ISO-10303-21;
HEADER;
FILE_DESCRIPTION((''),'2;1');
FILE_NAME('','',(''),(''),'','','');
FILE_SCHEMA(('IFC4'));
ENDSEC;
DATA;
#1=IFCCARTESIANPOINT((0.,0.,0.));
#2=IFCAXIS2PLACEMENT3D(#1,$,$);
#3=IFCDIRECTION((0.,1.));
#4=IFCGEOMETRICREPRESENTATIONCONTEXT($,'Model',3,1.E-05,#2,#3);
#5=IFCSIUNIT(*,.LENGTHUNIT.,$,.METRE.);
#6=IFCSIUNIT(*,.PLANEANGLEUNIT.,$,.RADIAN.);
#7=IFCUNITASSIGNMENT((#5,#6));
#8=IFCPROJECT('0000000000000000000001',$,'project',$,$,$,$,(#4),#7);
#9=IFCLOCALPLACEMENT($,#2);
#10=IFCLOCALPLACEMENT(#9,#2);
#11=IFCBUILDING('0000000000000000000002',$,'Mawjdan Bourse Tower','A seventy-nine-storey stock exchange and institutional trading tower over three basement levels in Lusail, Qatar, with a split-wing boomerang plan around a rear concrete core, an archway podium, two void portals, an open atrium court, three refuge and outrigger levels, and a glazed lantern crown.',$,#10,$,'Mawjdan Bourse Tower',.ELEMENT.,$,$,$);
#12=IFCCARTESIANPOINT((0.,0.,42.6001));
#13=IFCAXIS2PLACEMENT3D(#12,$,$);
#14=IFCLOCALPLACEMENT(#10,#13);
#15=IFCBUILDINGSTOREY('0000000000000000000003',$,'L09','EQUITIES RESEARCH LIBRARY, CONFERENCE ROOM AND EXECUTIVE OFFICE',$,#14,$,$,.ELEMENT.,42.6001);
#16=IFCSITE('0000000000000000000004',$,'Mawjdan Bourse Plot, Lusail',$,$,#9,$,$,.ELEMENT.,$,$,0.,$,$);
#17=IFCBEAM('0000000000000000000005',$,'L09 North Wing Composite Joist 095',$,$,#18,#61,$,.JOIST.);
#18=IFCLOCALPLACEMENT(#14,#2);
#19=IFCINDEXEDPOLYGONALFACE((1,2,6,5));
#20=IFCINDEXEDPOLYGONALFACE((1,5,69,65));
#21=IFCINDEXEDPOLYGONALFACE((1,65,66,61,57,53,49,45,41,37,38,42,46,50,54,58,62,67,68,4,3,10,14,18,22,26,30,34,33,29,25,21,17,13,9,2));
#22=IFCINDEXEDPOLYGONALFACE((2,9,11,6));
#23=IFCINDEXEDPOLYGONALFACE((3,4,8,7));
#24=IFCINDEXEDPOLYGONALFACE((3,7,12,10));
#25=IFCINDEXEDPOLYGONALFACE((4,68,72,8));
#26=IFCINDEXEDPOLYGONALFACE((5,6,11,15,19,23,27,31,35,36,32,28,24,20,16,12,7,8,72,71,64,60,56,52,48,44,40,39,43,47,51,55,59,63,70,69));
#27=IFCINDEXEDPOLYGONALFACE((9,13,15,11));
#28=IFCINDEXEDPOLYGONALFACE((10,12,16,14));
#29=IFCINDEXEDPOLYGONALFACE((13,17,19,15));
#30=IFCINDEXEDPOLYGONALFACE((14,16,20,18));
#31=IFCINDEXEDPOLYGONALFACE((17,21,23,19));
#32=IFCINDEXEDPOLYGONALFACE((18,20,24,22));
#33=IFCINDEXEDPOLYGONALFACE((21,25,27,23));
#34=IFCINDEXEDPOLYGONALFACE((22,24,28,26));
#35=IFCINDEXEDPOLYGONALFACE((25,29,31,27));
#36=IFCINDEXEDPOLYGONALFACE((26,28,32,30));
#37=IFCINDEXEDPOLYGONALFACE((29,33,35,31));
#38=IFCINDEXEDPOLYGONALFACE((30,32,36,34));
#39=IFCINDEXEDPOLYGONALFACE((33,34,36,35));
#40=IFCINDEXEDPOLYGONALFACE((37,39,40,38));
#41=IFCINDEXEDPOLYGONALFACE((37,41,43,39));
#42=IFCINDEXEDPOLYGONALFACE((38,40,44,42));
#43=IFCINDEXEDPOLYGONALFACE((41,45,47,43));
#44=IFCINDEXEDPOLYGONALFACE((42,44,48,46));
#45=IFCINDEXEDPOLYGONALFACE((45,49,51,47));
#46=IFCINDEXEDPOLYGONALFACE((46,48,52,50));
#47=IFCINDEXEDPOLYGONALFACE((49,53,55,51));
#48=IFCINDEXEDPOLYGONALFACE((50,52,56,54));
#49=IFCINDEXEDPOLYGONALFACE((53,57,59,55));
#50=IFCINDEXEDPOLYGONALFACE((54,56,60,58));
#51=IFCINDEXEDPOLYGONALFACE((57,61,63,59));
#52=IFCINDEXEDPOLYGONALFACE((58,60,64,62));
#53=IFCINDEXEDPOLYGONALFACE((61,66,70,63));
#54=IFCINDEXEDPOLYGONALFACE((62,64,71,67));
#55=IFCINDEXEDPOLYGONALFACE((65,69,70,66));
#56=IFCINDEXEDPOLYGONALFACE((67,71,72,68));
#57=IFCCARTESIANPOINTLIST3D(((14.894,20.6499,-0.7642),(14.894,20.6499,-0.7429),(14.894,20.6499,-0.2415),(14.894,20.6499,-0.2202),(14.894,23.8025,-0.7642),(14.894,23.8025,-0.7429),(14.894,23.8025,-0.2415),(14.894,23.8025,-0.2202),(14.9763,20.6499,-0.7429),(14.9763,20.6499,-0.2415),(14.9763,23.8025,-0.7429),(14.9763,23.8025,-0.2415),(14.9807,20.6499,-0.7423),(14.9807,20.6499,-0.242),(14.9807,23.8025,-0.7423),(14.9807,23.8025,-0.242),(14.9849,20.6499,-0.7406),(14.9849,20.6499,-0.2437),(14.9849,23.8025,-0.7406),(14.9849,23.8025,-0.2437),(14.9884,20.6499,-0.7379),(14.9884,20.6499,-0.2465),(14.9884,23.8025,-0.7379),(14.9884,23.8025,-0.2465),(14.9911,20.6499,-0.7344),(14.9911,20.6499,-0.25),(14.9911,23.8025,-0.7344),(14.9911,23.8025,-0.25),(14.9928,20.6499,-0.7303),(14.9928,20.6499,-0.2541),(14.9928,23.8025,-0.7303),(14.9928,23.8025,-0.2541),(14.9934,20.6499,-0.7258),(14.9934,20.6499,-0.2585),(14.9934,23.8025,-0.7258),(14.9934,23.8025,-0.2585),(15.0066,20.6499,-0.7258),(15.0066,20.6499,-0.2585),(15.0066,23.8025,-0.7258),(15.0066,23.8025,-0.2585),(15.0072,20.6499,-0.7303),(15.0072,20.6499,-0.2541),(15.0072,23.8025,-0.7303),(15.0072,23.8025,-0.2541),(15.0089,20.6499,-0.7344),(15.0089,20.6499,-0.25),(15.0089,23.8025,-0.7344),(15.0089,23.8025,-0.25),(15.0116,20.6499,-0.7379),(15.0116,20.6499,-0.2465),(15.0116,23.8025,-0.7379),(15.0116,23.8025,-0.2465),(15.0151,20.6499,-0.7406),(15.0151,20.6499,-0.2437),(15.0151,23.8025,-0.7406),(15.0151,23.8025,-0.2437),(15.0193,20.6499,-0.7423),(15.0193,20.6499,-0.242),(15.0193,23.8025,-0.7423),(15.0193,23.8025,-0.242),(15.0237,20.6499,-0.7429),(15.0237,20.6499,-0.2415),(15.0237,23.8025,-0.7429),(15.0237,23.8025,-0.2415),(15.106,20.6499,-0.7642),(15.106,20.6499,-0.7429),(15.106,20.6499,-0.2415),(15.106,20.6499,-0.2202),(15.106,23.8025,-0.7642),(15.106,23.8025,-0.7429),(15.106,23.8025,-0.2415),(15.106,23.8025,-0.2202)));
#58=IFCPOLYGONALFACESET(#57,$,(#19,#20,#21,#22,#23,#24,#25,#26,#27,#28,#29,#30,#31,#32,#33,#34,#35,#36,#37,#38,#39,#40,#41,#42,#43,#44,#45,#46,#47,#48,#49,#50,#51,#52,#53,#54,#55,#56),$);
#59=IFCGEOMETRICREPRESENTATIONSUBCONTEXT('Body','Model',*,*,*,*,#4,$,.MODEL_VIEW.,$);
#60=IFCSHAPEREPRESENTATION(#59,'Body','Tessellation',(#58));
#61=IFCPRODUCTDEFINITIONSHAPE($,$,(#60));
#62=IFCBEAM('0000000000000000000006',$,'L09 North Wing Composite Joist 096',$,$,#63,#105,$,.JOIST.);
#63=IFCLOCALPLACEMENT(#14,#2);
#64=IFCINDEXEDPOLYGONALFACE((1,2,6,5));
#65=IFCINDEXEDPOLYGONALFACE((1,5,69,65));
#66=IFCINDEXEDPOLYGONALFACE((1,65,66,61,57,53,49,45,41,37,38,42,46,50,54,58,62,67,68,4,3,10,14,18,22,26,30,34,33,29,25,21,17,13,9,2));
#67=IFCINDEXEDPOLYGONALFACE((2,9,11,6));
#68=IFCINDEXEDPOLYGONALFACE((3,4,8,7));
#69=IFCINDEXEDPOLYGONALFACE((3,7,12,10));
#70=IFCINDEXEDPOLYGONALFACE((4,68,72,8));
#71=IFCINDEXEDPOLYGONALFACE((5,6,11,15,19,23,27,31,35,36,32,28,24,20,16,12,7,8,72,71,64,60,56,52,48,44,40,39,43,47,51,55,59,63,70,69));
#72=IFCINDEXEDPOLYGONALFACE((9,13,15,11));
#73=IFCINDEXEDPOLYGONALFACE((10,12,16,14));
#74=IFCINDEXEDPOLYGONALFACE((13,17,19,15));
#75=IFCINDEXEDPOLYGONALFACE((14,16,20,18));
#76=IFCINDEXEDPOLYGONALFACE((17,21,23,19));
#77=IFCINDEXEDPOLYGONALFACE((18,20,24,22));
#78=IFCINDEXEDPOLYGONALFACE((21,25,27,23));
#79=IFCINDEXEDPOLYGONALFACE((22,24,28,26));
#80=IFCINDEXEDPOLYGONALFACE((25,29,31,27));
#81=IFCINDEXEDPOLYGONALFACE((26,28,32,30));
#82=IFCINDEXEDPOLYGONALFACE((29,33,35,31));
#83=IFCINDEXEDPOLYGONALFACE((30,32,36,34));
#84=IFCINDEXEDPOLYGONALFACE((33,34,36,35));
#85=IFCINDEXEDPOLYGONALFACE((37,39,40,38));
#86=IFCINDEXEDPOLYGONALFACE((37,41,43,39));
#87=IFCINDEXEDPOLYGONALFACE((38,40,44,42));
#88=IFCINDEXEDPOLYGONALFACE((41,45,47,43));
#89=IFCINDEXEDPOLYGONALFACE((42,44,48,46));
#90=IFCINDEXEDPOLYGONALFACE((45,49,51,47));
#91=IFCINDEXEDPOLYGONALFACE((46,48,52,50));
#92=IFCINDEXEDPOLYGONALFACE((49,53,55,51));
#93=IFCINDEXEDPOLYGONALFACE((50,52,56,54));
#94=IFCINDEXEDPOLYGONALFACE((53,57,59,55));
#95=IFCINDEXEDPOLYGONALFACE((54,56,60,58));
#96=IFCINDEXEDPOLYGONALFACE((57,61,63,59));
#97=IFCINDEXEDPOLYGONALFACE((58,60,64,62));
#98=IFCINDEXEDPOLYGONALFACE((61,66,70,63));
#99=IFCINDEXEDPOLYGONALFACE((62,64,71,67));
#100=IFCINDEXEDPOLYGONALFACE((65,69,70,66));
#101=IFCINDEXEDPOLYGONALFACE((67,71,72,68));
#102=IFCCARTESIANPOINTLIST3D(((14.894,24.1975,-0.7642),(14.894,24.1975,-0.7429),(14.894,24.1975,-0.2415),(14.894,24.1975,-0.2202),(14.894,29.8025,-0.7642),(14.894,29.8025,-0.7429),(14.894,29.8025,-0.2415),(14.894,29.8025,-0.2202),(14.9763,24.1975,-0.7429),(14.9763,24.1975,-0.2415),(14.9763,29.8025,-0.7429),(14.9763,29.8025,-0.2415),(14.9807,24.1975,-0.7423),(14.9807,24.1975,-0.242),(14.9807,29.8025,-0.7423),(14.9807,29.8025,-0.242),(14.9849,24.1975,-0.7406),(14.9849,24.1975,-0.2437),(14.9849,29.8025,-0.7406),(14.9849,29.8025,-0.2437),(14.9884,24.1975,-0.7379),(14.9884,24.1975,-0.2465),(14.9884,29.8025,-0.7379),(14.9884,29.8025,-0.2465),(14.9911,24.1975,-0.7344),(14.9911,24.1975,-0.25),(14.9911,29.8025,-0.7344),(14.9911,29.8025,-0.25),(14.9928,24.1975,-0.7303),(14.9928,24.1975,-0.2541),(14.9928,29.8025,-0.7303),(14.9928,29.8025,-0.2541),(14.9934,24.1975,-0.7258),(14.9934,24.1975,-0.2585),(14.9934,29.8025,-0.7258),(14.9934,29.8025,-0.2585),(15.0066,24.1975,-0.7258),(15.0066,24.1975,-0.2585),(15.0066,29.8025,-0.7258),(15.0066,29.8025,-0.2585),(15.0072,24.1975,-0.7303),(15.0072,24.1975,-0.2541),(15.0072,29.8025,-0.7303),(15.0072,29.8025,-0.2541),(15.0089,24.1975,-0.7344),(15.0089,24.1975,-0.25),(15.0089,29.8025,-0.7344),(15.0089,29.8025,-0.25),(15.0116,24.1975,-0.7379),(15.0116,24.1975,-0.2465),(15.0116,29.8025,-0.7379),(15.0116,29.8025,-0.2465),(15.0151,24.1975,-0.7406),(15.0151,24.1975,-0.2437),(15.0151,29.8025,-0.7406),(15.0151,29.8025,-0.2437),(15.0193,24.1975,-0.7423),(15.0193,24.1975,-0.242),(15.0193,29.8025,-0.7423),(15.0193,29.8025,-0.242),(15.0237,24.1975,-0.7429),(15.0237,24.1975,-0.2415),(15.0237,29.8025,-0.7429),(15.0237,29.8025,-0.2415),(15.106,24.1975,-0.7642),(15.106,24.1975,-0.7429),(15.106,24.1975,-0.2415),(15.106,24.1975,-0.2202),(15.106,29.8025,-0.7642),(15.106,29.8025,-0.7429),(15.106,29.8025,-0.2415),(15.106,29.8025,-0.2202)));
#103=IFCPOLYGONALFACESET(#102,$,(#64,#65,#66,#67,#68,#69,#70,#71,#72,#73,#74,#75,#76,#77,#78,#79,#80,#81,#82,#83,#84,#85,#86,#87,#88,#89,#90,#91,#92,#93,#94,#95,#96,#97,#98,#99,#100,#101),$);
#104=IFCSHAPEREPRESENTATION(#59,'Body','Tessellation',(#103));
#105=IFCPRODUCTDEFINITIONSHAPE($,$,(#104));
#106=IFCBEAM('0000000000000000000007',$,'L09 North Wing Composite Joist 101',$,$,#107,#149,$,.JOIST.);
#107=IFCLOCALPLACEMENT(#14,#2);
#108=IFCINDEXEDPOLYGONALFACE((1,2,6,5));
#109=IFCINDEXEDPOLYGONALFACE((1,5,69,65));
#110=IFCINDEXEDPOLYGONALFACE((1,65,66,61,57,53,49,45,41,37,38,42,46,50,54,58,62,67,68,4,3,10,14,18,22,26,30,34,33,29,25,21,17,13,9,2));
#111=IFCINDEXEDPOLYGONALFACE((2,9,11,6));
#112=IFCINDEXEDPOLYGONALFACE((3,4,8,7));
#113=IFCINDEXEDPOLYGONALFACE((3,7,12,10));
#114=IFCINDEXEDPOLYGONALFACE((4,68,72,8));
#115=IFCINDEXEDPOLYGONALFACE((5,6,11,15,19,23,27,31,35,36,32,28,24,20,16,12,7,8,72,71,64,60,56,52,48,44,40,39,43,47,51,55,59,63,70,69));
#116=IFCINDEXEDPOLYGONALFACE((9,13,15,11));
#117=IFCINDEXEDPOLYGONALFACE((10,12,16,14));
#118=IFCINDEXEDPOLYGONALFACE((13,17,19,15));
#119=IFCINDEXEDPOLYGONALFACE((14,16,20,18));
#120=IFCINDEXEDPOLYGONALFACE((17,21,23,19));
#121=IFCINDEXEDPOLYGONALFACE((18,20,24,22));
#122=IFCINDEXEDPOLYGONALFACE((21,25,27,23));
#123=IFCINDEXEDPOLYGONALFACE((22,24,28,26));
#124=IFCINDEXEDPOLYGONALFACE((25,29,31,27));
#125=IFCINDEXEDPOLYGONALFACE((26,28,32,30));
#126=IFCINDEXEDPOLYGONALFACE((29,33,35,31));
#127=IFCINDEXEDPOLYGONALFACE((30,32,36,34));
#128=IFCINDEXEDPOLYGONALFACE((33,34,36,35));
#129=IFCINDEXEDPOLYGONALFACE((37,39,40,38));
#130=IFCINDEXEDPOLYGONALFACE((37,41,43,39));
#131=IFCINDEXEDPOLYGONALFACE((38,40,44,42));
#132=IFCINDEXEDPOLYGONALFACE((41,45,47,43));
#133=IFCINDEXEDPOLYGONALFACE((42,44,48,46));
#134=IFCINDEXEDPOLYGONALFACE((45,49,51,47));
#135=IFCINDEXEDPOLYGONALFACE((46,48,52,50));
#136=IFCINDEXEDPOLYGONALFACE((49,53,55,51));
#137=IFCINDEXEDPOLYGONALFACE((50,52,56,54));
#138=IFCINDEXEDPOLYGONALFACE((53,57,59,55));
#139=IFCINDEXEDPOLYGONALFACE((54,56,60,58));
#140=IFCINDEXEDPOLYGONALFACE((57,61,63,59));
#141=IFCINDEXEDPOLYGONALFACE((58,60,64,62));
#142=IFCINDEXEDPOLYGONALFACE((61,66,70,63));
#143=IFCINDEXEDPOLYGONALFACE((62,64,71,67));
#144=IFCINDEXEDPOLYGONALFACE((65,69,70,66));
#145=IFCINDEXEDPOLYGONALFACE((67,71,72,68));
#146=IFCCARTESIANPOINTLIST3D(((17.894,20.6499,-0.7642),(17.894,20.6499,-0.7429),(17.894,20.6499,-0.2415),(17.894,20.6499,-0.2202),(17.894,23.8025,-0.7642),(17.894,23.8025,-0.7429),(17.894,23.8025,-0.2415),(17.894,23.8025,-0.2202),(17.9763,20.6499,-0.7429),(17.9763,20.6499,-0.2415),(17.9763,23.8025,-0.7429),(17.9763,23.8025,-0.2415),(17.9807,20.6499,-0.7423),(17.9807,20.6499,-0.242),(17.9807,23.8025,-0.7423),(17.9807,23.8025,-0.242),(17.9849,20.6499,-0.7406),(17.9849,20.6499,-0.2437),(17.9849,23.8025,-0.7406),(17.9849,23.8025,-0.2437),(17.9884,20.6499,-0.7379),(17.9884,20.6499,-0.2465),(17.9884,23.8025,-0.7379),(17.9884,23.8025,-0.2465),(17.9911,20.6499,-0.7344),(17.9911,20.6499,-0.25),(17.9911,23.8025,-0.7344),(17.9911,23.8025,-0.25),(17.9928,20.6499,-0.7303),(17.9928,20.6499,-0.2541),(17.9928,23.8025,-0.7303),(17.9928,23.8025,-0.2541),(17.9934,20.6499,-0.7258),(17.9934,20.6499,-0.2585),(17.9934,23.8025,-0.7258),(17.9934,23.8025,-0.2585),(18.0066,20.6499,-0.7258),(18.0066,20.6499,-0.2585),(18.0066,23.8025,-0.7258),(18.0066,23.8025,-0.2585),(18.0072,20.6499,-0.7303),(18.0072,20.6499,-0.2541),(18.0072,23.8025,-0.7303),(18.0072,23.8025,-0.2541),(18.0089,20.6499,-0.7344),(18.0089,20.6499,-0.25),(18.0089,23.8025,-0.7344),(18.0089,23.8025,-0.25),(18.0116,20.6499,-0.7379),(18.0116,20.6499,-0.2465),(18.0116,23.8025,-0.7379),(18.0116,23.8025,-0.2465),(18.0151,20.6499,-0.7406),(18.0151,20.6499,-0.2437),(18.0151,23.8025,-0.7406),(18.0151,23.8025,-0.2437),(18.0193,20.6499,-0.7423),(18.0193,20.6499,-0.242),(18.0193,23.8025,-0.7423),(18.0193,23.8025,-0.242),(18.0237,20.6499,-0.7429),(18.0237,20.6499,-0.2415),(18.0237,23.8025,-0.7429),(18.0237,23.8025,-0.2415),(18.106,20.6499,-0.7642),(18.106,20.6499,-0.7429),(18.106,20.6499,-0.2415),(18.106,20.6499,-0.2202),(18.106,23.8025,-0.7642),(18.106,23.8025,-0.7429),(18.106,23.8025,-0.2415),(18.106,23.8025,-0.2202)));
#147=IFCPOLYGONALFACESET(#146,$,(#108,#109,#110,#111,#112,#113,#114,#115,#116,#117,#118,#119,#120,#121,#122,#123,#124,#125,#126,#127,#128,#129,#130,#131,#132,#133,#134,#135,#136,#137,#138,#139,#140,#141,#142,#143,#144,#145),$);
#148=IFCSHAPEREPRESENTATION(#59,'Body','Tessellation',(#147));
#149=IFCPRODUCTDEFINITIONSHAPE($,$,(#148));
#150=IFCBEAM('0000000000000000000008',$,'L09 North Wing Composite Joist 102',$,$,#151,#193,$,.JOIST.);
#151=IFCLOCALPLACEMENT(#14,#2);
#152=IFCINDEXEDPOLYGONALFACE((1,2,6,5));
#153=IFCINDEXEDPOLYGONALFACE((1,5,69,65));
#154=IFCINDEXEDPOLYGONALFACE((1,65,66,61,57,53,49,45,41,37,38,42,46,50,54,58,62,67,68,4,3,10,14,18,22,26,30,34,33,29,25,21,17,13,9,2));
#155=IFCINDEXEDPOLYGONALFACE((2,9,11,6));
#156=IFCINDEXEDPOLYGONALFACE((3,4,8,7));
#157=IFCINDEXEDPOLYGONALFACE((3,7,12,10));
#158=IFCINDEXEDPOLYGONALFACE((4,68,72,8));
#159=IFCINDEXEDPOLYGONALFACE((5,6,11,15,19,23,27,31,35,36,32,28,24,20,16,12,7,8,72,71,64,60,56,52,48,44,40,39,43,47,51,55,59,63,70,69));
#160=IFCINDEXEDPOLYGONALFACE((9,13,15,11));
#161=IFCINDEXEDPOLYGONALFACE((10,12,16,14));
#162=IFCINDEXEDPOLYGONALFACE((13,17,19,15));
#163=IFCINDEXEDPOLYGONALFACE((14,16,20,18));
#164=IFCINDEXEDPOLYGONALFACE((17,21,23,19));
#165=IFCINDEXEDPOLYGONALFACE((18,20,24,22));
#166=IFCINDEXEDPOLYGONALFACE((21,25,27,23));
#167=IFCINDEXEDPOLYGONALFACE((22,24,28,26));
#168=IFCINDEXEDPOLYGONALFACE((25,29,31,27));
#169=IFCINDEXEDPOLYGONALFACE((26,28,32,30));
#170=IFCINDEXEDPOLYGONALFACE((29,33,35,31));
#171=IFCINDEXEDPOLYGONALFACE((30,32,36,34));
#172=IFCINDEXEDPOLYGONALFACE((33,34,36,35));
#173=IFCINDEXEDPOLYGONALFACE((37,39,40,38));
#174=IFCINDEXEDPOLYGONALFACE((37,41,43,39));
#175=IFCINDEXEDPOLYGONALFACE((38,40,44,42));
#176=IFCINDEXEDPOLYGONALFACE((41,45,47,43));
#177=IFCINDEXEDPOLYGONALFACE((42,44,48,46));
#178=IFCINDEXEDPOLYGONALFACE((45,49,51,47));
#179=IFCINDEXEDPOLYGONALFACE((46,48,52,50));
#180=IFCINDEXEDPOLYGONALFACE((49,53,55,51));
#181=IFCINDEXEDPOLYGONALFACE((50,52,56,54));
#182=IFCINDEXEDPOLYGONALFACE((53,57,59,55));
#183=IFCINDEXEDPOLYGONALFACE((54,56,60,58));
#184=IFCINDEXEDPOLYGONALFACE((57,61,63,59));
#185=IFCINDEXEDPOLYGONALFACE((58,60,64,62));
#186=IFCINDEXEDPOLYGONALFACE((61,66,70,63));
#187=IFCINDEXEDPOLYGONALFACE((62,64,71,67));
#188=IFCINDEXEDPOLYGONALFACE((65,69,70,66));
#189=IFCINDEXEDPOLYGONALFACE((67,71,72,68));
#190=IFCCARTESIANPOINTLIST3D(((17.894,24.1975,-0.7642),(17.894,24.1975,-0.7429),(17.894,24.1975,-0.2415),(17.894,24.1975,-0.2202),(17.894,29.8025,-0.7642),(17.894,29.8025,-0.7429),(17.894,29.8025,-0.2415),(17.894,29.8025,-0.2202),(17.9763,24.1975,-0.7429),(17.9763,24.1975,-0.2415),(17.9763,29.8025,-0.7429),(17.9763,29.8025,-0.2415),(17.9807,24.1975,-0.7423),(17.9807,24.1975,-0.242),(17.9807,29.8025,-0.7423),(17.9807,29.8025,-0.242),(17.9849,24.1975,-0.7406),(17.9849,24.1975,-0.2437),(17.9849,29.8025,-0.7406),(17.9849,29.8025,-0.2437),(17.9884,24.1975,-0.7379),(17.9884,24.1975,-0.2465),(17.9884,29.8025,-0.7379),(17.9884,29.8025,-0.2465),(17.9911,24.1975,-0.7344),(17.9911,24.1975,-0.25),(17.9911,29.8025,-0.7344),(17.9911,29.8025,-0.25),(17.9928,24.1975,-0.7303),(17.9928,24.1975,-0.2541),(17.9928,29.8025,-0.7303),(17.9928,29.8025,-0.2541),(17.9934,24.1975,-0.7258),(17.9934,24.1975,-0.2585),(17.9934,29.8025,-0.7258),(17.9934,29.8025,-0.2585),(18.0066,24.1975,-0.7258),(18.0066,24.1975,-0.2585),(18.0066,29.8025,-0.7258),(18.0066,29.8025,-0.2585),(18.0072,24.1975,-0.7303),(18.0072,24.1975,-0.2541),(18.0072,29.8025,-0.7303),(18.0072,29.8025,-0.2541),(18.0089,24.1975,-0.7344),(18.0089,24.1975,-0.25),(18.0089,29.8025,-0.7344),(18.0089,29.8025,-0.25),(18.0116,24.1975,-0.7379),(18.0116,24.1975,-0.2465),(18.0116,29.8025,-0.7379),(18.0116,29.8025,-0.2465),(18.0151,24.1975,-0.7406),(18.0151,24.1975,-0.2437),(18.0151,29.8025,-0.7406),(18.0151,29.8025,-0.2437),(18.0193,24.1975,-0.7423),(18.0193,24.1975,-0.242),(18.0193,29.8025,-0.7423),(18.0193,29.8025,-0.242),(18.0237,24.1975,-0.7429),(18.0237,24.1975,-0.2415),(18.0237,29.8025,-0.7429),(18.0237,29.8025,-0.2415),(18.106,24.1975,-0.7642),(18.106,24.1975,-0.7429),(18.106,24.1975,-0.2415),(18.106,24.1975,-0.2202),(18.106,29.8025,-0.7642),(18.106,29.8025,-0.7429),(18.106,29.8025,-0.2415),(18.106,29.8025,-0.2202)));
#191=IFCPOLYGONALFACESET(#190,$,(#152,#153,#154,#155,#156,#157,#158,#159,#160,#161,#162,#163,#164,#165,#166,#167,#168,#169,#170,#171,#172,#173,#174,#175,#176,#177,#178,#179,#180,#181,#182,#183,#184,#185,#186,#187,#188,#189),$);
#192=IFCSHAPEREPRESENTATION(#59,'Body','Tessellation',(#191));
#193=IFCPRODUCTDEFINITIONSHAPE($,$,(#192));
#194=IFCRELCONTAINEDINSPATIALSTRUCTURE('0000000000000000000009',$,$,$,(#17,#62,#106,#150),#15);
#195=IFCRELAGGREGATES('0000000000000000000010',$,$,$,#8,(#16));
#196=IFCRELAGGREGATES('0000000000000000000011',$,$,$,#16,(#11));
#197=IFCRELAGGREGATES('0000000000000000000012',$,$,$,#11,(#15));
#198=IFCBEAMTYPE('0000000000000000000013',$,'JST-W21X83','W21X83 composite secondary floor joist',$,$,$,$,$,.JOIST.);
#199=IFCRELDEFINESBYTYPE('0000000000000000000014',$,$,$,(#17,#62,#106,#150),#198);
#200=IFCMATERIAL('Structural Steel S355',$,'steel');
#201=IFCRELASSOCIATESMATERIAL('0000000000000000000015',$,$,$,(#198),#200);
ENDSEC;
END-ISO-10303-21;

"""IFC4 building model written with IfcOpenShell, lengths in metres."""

from ifc_helpers import new_model, si_unit, direction, frame, origin, origin_2d, place, context, subcontext, project, spatial, i_section, extrude, material, material_profile, profile_set, type_object, element, save


model = new_model("IFC4")

# Units and contexts
model_context = context("Model", 3, precision=1e-05, world=origin(), true_north=direction((0.0, 1.0)))
body_context = subcontext(model_context, "Body", "Model", "MODEL_VIEW")
ifc_project = project(units=[si_unit("LENGTHUNIT", "METRE"), si_unit("PLANEANGLEUNIT", "RADIAN")], contexts=[model_context])

# Site, building, storey
site_placement = place(None, origin())
site = spatial("IfcSite", under=ifc_project, at=site_placement, Name="Mawjdan Bourse Plot, Lusail", CompositionType="ELEMENT", RefElevation=0.0)
building_placement = place(site_placement, origin())
building = spatial("IfcBuilding", under=site, at=building_placement, Name="Mawjdan Bourse Tower", Description="A seventy-nine-storey stock exchange and institutional trading tower over three basement levels in Lusail, Qatar, with a split-wing boomerang plan around a rear concrete core, an archway podium, two void portals, an open atrium court, three refuge and outrigger levels, and a glazed lantern crown.", LongName="Mawjdan Bourse Tower", CompositionType="ELEMENT")
storey_placement = place(building_placement, frame((0.0, 0.0, 42.6001)))
storey = spatial("IfcBuildingStorey", under=building, at=storey_placement, Name="L09", Description="EQUITIES RESEARCH LIBRARY, CONFERENCE ROOM AND EXECUTIVE OFFICE", CompositionType="ELEMENT", Elevation=42.6001)

# Beams
ifc_material_1 = material(Name="Structural Steel S355", Category="steel")
ifc_material_profile_1 = material_profile(ifc_material_1, i_section(OverallWidth=0.2119, OverallDepth=0.5439, WebThickness=0.0132, FlangeThickness=0.0212, FilletRadius=0.0171, at=origin_2d()), Name="W21X83")
ifc_profile_set_1 = profile_set([ifc_material_profile_1], Name="Structural Steel S355")
beam_type_1 = type_object("IfcBeamType", Name="JST-W21X83", Description="W21X83 composite secondary floor joist", PredefinedType="JOIST", material=ifc_profile_set_1)
beam_1_placement = place(storey_placement, frame((15.0, 20.6499, -0.4922), z_axis=(0.0, 1.0, 0.0), x_axis=(-1.0, 0.0, 0.0)))
element("IfcBeam", 1, at=beam_1_placement, inside=storey, type_object=beam_type_1, Name="L09 North Wing Composite Joist 095", PredefinedType="JOIST", context=body_context, shape_type="SweptSolid", body=[
    extrude(i_section(OverallWidth=0.2119, OverallDepth=0.5439, WebThickness=0.0132, FlangeThickness=0.0212, FilletRadius=0.0171, at=origin_2d()), origin(), (0.0, 0.0, 1.0), 3.1526),
])
beam_2_placement = place(storey_placement, frame((15.0, 24.1975, -0.4922), z_axis=(0.0, 1.0, 0.0), x_axis=(-1.0, 0.0, 0.0)))
element("IfcBeam", 2, at=beam_2_placement, inside=storey, type_object=beam_type_1, Name="L09 North Wing Composite Joist 096", PredefinedType="JOIST", context=body_context, shape_type="SweptSolid", body=[
    extrude(i_section(OverallWidth=0.2119, OverallDepth=0.5439, WebThickness=0.0132, FlangeThickness=0.0212, FilletRadius=0.0171, at=origin_2d()), origin(), (0.0, 0.0, 1.0), 5.605),
])
beam_3_placement = place(storey_placement, frame((18.0, 20.6499, -0.4922), z_axis=(0.0, 1.0, 0.0), x_axis=(-1.0, 0.0, 0.0)))
element("IfcBeam", 3, at=beam_3_placement, inside=storey, type_object=beam_type_1, Name="L09 North Wing Composite Joist 101", PredefinedType="JOIST", context=body_context, shape_type="SweptSolid", body=[
    extrude(i_section(OverallWidth=0.2119, OverallDepth=0.5439, WebThickness=0.0132, FlangeThickness=0.0212, FilletRadius=0.0171, at=origin_2d()), origin(), (0.0, 0.0, 1.0), 3.1526),
])
beam_4_placement = place(storey_placement, frame((18.0, 24.1975, -0.4922), z_axis=(0.0, 1.0, 0.0), x_axis=(-1.0, 0.0, 0.0)))
element("IfcBeam", 4, at=beam_4_placement, inside=storey, type_object=beam_type_1, Name="L09 North Wing Composite Joist 102", PredefinedType="JOIST", context=body_context, shape_type="SweptSolid", body=[
    extrude(i_section(OverallWidth=0.2119, OverallDepth=0.5439, WebThickness=0.0132, FlangeThickness=0.0212, FilletRadius=0.0171, at=origin_2d()), origin(), (0.0, 0.0, 1.0), 5.605),
])

save(model, "model.ifc")
